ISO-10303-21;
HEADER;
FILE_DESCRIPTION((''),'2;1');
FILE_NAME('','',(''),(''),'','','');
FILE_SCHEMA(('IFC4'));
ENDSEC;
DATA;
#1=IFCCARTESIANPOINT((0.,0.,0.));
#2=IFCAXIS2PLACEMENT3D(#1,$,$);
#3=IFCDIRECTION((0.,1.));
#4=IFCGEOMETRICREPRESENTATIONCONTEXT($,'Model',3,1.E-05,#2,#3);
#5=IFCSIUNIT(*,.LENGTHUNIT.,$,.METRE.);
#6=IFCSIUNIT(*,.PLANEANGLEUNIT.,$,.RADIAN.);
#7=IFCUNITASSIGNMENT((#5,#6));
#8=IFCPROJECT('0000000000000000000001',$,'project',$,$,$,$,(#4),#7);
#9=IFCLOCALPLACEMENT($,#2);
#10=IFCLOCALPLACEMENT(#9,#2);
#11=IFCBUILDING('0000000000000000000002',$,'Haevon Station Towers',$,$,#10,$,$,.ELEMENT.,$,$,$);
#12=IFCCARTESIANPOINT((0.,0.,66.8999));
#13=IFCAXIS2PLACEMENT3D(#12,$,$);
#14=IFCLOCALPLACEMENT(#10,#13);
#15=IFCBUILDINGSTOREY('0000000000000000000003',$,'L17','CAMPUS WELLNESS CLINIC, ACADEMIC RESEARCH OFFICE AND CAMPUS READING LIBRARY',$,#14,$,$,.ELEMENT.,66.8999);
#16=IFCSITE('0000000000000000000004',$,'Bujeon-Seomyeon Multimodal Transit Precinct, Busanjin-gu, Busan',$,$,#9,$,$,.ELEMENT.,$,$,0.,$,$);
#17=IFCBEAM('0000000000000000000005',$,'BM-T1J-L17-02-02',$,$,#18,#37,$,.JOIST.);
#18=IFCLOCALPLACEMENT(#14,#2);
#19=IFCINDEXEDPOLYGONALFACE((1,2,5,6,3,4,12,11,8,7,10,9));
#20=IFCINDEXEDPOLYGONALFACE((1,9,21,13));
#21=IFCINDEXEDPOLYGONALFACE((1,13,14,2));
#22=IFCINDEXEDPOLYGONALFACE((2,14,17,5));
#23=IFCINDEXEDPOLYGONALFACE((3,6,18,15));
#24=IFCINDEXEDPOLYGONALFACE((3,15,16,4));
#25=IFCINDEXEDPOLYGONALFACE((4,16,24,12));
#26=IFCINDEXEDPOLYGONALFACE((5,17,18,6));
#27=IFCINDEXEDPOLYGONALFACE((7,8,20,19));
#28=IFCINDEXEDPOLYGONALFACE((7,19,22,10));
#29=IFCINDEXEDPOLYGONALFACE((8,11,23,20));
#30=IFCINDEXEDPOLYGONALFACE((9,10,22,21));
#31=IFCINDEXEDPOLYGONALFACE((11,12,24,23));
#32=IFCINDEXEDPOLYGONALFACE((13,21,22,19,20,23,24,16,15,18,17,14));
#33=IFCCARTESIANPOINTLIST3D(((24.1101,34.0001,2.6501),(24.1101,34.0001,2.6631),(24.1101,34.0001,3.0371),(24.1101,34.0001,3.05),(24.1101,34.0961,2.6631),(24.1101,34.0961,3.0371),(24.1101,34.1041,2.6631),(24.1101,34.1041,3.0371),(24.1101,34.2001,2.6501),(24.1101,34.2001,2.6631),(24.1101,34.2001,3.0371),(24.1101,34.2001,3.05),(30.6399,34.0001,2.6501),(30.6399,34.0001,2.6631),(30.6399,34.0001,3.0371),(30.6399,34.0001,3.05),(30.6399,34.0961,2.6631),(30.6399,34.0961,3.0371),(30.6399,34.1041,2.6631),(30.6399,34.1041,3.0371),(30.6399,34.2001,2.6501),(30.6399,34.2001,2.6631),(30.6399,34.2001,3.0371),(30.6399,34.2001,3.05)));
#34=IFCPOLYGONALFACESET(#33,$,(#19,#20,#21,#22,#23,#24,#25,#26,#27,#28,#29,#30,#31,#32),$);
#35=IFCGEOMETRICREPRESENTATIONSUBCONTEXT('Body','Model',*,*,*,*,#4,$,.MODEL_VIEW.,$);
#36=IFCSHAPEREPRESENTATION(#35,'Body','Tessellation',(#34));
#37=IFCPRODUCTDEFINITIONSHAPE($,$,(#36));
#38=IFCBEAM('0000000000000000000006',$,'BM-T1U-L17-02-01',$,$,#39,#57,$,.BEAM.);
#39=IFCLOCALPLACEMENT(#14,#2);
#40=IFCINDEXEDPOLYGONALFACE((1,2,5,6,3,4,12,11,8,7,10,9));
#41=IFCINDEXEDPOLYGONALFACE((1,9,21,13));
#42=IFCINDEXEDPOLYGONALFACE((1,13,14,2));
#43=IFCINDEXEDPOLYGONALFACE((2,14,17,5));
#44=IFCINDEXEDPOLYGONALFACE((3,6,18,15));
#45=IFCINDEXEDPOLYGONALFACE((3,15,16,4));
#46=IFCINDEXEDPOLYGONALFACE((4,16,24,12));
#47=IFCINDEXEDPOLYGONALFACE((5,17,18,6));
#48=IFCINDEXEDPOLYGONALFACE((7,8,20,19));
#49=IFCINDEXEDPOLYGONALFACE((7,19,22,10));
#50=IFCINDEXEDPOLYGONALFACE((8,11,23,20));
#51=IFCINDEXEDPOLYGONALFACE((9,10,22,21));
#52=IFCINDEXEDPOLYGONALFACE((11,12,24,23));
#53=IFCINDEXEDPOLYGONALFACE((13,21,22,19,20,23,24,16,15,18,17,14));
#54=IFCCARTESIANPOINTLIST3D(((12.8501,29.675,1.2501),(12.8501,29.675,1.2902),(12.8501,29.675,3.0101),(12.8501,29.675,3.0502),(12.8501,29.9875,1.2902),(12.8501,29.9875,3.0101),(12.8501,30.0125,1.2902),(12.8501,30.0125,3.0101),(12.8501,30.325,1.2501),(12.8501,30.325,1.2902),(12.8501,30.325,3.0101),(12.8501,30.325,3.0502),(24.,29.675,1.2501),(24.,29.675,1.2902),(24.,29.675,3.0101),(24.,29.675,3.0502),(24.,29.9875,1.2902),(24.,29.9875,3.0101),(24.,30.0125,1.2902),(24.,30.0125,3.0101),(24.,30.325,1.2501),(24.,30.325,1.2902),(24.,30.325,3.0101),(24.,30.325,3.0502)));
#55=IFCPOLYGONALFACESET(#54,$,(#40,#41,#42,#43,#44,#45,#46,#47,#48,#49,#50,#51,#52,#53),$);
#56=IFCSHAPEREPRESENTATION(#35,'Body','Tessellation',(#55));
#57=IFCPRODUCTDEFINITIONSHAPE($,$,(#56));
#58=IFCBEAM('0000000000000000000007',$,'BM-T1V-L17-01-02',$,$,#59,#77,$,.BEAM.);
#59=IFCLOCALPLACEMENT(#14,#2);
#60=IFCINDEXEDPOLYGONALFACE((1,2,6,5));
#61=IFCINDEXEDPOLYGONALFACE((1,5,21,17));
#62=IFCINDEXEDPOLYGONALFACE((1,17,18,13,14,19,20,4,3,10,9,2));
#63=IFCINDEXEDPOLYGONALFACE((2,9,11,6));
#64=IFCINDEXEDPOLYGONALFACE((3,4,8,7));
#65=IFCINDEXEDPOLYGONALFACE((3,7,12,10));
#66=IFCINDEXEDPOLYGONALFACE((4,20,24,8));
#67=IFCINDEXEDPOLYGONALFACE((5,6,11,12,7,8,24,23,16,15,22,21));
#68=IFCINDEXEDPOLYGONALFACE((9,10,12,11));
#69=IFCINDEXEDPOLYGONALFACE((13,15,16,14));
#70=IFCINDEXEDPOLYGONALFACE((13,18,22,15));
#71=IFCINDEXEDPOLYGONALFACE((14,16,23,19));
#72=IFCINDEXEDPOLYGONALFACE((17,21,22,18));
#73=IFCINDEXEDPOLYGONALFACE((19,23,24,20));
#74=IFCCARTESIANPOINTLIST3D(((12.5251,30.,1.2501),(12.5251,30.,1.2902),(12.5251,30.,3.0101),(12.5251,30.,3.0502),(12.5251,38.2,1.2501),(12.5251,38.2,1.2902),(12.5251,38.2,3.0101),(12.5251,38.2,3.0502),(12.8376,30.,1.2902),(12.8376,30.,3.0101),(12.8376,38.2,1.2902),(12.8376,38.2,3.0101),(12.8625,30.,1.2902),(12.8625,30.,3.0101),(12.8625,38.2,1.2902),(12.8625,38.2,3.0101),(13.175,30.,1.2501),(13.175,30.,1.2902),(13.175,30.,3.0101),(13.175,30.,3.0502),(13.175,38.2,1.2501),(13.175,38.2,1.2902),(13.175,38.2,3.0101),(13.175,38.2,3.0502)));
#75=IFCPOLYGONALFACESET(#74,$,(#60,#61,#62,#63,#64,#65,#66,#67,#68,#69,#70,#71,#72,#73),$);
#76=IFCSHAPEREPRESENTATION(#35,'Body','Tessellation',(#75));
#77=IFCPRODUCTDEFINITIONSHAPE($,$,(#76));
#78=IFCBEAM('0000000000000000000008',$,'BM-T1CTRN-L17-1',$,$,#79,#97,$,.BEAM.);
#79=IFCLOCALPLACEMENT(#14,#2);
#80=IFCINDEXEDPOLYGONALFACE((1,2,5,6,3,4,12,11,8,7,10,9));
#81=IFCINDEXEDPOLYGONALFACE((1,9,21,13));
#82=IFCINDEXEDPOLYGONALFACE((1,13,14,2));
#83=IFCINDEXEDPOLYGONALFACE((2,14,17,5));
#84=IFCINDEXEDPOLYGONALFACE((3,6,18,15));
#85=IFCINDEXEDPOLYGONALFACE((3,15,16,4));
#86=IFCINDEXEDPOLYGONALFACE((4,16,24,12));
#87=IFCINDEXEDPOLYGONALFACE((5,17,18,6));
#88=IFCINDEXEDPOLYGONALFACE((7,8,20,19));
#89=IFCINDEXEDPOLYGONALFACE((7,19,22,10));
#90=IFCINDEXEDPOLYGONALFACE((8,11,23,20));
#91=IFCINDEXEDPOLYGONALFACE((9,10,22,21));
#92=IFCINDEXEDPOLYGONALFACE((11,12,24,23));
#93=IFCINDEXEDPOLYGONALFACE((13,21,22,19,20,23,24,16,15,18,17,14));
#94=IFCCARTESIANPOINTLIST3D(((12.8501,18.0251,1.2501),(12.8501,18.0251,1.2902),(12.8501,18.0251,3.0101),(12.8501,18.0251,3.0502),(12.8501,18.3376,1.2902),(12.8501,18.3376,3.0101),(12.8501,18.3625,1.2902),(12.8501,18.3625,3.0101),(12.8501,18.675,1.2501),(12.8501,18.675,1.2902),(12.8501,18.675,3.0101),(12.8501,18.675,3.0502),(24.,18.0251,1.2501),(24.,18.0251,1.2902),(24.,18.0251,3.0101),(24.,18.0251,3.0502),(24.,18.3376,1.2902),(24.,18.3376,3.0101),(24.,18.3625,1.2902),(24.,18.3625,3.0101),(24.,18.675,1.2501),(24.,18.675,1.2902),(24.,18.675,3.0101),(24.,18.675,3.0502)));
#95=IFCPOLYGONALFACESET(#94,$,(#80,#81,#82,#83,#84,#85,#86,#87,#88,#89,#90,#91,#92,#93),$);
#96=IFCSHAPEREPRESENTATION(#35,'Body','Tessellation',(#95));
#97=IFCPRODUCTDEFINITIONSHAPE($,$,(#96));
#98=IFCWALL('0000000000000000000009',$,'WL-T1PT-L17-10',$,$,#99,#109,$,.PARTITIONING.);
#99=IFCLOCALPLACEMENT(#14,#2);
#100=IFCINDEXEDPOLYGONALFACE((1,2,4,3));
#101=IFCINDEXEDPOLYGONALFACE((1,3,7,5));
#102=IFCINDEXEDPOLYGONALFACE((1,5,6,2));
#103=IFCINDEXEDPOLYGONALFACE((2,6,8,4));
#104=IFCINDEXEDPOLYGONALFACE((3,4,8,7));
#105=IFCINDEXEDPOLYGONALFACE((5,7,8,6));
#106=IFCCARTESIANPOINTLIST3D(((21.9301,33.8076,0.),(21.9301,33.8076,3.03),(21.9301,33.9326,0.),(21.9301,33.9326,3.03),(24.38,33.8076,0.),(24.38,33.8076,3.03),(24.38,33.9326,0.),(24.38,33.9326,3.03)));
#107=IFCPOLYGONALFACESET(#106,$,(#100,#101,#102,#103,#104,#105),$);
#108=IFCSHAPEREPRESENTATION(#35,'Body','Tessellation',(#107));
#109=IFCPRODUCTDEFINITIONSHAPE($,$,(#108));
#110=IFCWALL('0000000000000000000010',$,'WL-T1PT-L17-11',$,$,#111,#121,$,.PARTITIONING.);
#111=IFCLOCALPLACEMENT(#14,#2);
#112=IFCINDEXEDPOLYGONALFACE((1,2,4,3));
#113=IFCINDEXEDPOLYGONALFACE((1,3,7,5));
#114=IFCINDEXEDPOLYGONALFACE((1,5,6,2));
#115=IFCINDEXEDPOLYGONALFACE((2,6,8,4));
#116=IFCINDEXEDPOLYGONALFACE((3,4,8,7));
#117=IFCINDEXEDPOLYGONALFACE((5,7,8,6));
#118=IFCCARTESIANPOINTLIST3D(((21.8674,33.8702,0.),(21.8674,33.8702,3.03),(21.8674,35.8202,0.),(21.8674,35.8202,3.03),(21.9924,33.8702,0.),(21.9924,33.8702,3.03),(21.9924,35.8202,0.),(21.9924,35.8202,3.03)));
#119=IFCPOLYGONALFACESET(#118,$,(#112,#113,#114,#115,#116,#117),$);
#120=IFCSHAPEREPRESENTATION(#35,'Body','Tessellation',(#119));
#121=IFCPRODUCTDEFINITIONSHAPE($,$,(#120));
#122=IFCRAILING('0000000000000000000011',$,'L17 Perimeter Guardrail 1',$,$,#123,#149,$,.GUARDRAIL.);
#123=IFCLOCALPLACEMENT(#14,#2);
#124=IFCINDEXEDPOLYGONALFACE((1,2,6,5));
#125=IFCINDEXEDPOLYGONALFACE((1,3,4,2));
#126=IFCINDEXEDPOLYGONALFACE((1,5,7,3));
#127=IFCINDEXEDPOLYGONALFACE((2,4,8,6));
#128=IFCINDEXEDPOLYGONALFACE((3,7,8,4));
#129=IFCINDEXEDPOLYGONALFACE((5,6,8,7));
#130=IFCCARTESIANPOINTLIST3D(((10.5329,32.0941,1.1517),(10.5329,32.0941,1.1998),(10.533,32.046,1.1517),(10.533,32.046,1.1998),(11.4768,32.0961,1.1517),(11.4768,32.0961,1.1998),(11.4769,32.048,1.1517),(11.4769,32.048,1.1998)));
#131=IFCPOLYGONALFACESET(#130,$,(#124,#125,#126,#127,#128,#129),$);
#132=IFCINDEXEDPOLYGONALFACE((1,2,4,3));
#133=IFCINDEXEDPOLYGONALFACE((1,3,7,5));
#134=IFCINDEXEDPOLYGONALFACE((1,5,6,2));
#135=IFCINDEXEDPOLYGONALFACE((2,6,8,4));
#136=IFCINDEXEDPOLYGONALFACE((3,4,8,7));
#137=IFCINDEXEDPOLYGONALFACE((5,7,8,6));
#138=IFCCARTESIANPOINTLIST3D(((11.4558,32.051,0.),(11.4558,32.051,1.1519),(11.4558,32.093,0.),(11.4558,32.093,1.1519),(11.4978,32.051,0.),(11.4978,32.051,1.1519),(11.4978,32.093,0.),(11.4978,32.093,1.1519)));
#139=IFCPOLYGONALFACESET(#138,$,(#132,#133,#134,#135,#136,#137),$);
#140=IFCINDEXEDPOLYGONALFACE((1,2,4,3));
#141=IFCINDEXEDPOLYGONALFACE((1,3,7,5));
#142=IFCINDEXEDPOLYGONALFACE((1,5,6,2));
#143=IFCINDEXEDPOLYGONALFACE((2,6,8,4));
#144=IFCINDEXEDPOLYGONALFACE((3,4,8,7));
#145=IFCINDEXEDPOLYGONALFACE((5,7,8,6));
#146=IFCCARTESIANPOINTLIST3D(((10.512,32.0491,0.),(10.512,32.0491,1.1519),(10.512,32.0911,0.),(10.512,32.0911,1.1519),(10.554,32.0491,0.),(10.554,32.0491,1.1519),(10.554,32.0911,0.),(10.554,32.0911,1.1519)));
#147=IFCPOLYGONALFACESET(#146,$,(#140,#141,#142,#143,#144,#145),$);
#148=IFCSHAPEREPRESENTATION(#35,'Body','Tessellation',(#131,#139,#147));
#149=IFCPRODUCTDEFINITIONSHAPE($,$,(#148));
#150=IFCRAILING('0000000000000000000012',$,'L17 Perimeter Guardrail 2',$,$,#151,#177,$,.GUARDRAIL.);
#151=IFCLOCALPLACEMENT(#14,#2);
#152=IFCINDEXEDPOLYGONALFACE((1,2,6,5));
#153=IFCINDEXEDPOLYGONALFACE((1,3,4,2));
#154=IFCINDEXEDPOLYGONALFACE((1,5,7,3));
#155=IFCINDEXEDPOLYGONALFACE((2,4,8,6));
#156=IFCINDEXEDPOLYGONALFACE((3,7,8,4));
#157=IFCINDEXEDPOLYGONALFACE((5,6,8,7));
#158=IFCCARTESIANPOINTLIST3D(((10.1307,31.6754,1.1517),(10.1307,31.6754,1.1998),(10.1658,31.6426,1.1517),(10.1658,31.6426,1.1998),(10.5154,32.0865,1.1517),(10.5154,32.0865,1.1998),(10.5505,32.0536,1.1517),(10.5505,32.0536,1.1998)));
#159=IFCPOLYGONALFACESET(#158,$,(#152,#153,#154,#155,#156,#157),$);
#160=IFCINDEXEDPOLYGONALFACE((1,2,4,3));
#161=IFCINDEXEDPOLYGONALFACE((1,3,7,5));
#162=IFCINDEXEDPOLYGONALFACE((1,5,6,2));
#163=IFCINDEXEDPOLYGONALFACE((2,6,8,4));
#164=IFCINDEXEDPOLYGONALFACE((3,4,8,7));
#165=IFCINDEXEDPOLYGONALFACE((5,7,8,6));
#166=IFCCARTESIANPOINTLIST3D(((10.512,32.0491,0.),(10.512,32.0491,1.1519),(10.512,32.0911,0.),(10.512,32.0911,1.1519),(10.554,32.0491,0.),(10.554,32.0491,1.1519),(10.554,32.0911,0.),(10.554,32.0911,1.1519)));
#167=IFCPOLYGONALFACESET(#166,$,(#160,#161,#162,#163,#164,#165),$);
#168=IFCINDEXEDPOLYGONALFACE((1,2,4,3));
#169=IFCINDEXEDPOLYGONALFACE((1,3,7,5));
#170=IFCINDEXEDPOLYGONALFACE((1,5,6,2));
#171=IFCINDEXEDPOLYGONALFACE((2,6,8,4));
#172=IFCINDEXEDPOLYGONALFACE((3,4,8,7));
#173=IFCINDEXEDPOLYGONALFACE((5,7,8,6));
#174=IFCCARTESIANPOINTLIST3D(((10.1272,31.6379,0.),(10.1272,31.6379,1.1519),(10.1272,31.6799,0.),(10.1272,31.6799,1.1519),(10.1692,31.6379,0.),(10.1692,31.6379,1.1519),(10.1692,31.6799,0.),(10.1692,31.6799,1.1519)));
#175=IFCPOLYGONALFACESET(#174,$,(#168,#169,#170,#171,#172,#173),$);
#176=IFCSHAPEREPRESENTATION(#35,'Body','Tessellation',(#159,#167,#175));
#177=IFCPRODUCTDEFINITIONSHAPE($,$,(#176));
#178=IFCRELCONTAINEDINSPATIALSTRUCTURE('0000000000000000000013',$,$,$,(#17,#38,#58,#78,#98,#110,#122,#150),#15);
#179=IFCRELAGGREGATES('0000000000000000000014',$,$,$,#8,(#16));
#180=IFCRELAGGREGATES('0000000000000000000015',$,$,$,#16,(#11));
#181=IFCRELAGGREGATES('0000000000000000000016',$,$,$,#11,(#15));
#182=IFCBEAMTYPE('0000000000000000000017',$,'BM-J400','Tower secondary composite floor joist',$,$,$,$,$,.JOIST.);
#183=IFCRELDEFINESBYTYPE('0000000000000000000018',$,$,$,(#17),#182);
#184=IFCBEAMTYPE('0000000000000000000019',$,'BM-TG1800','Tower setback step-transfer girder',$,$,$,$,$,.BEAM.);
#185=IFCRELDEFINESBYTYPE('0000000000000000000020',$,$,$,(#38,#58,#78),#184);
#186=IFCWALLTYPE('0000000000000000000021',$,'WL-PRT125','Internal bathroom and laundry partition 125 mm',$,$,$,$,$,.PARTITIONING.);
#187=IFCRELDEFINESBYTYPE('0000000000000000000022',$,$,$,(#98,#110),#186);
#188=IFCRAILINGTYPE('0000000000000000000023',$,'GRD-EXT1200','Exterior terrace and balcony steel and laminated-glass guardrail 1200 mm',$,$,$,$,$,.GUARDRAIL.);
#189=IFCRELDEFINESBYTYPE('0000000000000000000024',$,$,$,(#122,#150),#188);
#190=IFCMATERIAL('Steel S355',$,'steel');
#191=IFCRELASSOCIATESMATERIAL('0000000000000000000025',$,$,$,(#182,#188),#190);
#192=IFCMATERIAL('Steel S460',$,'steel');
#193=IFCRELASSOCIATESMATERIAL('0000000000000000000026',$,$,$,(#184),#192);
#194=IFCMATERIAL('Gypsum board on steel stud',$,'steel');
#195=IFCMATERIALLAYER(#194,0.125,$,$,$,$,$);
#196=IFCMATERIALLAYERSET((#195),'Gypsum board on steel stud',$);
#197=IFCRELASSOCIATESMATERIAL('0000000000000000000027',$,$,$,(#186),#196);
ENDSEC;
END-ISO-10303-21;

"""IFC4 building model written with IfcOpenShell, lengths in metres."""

from ifc_helpers import new_model, si_unit, direction, frame, frame_2d, origin, origin_2d, place, context, subcontext, project, spatial, rectangle, i_section, extrude, material, layer, layer_set, material_profile, profile_set, type_object, element, save


model = new_model("IFC4")

# Units and contexts
model_context = context("Model", 3, precision=1e-05, world=origin(), true_north=direction((0.0, 1.0)))
body_context = subcontext(model_context, "Body", "Model", "MODEL_VIEW")
ifc_project = project(units=[si_unit("LENGTHUNIT", "METRE"), si_unit("PLANEANGLEUNIT", "RADIAN")], contexts=[model_context])

# Site, building, storey
site_placement = place(None, origin())
site = spatial("IfcSite", under=ifc_project, at=site_placement, Name="Bujeon-Seomyeon Multimodal Transit Precinct, Busanjin-gu, Busan", CompositionType="ELEMENT", RefElevation=0.0)
building_placement = place(site_placement, origin())
building = spatial("IfcBuilding", under=site, at=building_placement, Name="Haevon Station Towers", CompositionType="ELEMENT")
storey_placement = place(building_placement, frame((0.0, 0.0, 66.8999)))
storey = spatial("IfcBuildingStorey", under=building, at=storey_placement, Name="L17", Description="CAMPUS WELLNESS CLINIC, ACADEMIC RESEARCH OFFICE AND CAMPUS READING LIBRARY", CompositionType="ELEMENT", Elevation=66.8999)

# Shared definitions
ifc_material_1 = material(Name="Steel S460", Category="steel")

# Beams
ifc_material_2 = material(Name="Steel S355", Category="steel")
ifc_material_profile_1 = material_profile(ifc_material_2, i_section(OverallWidth=0.2, OverallDepth=0.3999, WebThickness=0.0081, FlangeThickness=0.0129, at=origin_2d()), Name="H-400x200x8x13")
ifc_profile_set_1 = profile_set([ifc_material_profile_1], Name="Steel S355")
beam_type_1 = type_object("IfcBeamType", Name="BM-J400", Description="Tower secondary composite floor joist", PredefinedType="JOIST", material=ifc_profile_set_1)
beam_1_placement = place(storey_placement, frame((24.1101, 34.1001, 2.8501), z_axis=(1.0, 0.0, 0.0), x_axis=(0.0, 1.0, 0.0)))
element("IfcBeam", 1, at=beam_1_placement, inside=storey, type_object=beam_type_1, Name="BM-T1J-L17-02-02", PredefinedType="JOIST", context=body_context, shape_type="SweptSolid", body=[
    extrude(i_section(OverallWidth=0.2, OverallDepth=0.3999, WebThickness=0.0081, FlangeThickness=0.0129, at=origin_2d()), origin(), (0.0, 0.0, 1.0), 6.5298),
])
ifc_material_profile_2 = material_profile(ifc_material_1, i_section(OverallWidth=0.6499, OverallDepth=1.8, WebThickness=0.0249, FlangeThickness=0.04, at=origin_2d()), Name="H-1800x650x25x40")
ifc_profile_set_2 = profile_set([ifc_material_profile_2], Name="Steel S460")
beam_type_2 = type_object("IfcBeamType", Name="BM-TG1800", Description="Tower setback step-transfer girder", PredefinedType="BEAM", material=ifc_profile_set_2)
beam_2_placement = place(storey_placement, frame((12.8501, 30.0, 2.1501), z_axis=(1.0, 0.0, 0.0), x_axis=(0.0, 1.0, 0.0)))
element("IfcBeam", 2, at=beam_2_placement, inside=storey, type_object=beam_type_2, Name="BM-T1U-L17-02-01", PredefinedType="BEAM", context=body_context, shape_type="SweptSolid", body=[
    extrude(i_section(OverallWidth=0.6499, OverallDepth=1.8, WebThickness=0.0249, FlangeThickness=0.04, at=origin_2d()), origin(), (0.0, 0.0, 1.0), 11.1499),
])
beam_3_placement = place(storey_placement, frame((12.8501, 30.0, 2.1501), z_axis=(0.0, 1.0, 0.0), x_axis=(-1.0, 0.0, 0.0)))
element("IfcBeam", 3, at=beam_3_placement, inside=storey, type_object=beam_type_2, Name="BM-T1V-L17-01-02", PredefinedType="BEAM", context=body_context, shape_type="SweptSolid", body=[
    extrude(i_section(OverallWidth=0.6499, OverallDepth=1.8, WebThickness=0.0249, FlangeThickness=0.04, at=origin_2d()), origin(), (0.0, 0.0, 1.0), 8.2),
])
beam_4_placement = place(storey_placement, frame((12.8501, 18.3501, 2.1501), z_axis=(1.0, 0.0, 0.0), x_axis=(0.0, 1.0, 0.0)))
element("IfcBeam", 4, at=beam_4_placement, inside=storey, type_object=beam_type_2, Name="BM-T1CTRN-L17-1", PredefinedType="BEAM", context=body_context, shape_type="SweptSolid", body=[
    extrude(i_section(OverallWidth=0.6499, OverallDepth=1.8, WebThickness=0.0249, FlangeThickness=0.04, at=origin_2d()), origin(), (0.0, 0.0, 1.0), 11.1499),
])

# Walls
ifc_material_3 = material(Name="Gypsum board on steel stud", Category="steel")
ifc_layer = layer(ifc_material_3, 0.125)
ifc_layer_set = layer_set([ifc_layer], Name="Gypsum board on steel stud")
wall_type = type_object("IfcWallType", Name="WL-PRT125", Description="Internal bathroom and laundry partition 125 mm", PredefinedType="PARTITIONING", material=ifc_layer_set)
wall_1_placement = place(storey_placement, frame((21.9299, 33.8701, 0.0), z_axis=(0.0, 0.0, 1.0), x_axis=(1.0, 0.0, 0.0)))
element("IfcWall", 5, at=wall_1_placement, inside=storey, type_object=wall_type, Name="WL-T1PT-L17-10", PredefinedType="PARTITIONING", context=body_context, shape_type="SweptSolid", body=[
    extrude(rectangle(XDim=2.45, YDim=0.125, at=frame_2d((1.2251, 0.0))), origin(), (0.0, 0.0, 1.0), 3.03),
])
wall_2_placement = place(storey_placement, frame((21.9299, 33.8701, 0.0), z_axis=(0.0, 0.0, 1.0), x_axis=(0.0, 1.0, 0.0)))
element("IfcWall", 6, at=wall_2_placement, inside=storey, type_object=wall_type, Name="WL-T1PT-L17-11", PredefinedType="PARTITIONING", context=body_context, shape_type="SweptSolid", body=[
    extrude(rectangle(XDim=1.95, YDim=0.125, at=frame_2d((0.9751, 0.0))), origin(), (0.0, 0.0, 1.0), 3.03),
])

# Railings
railing_type = type_object("IfcRailingType", Name="GRD-EXT1200", Description="Exterior terrace and balcony steel and laminated-glass guardrail 1200 mm", PredefinedType="GUARDRAIL", material=ifc_material_2)
railing_1_placement = place(storey_placement, frame((11.4768, 32.072, 0.0)))
element("IfcRailing", 7, at=railing_1_placement, inside=storey, type_object=railing_type, Name="L17 Perimeter Guardrail 1", PredefinedType="GUARDRAIL", context=body_context, shape_type="SweptSolid", body=[
    extrude(rectangle(XDim=0.0481, YDim=0.0481, at=origin_2d()), frame((0.0, 0.0, 1.1758), z_axis=(-0.999998, -0.002069, 0.0), x_axis=(0.002069, -0.999998, 0.0)), (0.0, 0.0, 1.0), 0.9438),
    extrude(rectangle(XDim=0.042, YDim=0.042, at=origin_2d()), origin(), (0.0, 0.0, 1.0), 1.1519),
    extrude(rectangle(XDim=0.042, YDim=0.042, at=origin_2d()), frame((-0.9438, -0.002, 0.0)), (0.0, 0.0, 1.0), 1.1519),
])
railing_2_placement = place(storey_placement, frame((10.533, 32.0701, 0.0)))
element("IfcRailing", 8, at=railing_2_placement, inside=storey, type_object=railing_type, Name="L17 Perimeter Guardrail 2", PredefinedType="GUARDRAIL", context=body_context, shape_type="SweptSolid", body=[
    extrude(rectangle(XDim=0.0481, YDim=0.0481, at=origin_2d()), frame((0.0, 0.0, 1.1758), z_axis=(-0.683306, -0.730132, 0.0), x_axis=(0.730132, -0.683306, 0.0)), (0.0, 0.0, 1.0), 0.563),
    extrude(rectangle(XDim=0.042, YDim=0.042, at=origin_2d()), origin(), (0.0, 0.0, 1.0), 1.1519),
    extrude(rectangle(XDim=0.042, YDim=0.042, at=origin_2d()), frame((-0.3848, -0.4111, 0.0)), (0.0, 0.0, 1.0), 1.1519),
])

save(model, "model.ifc")
